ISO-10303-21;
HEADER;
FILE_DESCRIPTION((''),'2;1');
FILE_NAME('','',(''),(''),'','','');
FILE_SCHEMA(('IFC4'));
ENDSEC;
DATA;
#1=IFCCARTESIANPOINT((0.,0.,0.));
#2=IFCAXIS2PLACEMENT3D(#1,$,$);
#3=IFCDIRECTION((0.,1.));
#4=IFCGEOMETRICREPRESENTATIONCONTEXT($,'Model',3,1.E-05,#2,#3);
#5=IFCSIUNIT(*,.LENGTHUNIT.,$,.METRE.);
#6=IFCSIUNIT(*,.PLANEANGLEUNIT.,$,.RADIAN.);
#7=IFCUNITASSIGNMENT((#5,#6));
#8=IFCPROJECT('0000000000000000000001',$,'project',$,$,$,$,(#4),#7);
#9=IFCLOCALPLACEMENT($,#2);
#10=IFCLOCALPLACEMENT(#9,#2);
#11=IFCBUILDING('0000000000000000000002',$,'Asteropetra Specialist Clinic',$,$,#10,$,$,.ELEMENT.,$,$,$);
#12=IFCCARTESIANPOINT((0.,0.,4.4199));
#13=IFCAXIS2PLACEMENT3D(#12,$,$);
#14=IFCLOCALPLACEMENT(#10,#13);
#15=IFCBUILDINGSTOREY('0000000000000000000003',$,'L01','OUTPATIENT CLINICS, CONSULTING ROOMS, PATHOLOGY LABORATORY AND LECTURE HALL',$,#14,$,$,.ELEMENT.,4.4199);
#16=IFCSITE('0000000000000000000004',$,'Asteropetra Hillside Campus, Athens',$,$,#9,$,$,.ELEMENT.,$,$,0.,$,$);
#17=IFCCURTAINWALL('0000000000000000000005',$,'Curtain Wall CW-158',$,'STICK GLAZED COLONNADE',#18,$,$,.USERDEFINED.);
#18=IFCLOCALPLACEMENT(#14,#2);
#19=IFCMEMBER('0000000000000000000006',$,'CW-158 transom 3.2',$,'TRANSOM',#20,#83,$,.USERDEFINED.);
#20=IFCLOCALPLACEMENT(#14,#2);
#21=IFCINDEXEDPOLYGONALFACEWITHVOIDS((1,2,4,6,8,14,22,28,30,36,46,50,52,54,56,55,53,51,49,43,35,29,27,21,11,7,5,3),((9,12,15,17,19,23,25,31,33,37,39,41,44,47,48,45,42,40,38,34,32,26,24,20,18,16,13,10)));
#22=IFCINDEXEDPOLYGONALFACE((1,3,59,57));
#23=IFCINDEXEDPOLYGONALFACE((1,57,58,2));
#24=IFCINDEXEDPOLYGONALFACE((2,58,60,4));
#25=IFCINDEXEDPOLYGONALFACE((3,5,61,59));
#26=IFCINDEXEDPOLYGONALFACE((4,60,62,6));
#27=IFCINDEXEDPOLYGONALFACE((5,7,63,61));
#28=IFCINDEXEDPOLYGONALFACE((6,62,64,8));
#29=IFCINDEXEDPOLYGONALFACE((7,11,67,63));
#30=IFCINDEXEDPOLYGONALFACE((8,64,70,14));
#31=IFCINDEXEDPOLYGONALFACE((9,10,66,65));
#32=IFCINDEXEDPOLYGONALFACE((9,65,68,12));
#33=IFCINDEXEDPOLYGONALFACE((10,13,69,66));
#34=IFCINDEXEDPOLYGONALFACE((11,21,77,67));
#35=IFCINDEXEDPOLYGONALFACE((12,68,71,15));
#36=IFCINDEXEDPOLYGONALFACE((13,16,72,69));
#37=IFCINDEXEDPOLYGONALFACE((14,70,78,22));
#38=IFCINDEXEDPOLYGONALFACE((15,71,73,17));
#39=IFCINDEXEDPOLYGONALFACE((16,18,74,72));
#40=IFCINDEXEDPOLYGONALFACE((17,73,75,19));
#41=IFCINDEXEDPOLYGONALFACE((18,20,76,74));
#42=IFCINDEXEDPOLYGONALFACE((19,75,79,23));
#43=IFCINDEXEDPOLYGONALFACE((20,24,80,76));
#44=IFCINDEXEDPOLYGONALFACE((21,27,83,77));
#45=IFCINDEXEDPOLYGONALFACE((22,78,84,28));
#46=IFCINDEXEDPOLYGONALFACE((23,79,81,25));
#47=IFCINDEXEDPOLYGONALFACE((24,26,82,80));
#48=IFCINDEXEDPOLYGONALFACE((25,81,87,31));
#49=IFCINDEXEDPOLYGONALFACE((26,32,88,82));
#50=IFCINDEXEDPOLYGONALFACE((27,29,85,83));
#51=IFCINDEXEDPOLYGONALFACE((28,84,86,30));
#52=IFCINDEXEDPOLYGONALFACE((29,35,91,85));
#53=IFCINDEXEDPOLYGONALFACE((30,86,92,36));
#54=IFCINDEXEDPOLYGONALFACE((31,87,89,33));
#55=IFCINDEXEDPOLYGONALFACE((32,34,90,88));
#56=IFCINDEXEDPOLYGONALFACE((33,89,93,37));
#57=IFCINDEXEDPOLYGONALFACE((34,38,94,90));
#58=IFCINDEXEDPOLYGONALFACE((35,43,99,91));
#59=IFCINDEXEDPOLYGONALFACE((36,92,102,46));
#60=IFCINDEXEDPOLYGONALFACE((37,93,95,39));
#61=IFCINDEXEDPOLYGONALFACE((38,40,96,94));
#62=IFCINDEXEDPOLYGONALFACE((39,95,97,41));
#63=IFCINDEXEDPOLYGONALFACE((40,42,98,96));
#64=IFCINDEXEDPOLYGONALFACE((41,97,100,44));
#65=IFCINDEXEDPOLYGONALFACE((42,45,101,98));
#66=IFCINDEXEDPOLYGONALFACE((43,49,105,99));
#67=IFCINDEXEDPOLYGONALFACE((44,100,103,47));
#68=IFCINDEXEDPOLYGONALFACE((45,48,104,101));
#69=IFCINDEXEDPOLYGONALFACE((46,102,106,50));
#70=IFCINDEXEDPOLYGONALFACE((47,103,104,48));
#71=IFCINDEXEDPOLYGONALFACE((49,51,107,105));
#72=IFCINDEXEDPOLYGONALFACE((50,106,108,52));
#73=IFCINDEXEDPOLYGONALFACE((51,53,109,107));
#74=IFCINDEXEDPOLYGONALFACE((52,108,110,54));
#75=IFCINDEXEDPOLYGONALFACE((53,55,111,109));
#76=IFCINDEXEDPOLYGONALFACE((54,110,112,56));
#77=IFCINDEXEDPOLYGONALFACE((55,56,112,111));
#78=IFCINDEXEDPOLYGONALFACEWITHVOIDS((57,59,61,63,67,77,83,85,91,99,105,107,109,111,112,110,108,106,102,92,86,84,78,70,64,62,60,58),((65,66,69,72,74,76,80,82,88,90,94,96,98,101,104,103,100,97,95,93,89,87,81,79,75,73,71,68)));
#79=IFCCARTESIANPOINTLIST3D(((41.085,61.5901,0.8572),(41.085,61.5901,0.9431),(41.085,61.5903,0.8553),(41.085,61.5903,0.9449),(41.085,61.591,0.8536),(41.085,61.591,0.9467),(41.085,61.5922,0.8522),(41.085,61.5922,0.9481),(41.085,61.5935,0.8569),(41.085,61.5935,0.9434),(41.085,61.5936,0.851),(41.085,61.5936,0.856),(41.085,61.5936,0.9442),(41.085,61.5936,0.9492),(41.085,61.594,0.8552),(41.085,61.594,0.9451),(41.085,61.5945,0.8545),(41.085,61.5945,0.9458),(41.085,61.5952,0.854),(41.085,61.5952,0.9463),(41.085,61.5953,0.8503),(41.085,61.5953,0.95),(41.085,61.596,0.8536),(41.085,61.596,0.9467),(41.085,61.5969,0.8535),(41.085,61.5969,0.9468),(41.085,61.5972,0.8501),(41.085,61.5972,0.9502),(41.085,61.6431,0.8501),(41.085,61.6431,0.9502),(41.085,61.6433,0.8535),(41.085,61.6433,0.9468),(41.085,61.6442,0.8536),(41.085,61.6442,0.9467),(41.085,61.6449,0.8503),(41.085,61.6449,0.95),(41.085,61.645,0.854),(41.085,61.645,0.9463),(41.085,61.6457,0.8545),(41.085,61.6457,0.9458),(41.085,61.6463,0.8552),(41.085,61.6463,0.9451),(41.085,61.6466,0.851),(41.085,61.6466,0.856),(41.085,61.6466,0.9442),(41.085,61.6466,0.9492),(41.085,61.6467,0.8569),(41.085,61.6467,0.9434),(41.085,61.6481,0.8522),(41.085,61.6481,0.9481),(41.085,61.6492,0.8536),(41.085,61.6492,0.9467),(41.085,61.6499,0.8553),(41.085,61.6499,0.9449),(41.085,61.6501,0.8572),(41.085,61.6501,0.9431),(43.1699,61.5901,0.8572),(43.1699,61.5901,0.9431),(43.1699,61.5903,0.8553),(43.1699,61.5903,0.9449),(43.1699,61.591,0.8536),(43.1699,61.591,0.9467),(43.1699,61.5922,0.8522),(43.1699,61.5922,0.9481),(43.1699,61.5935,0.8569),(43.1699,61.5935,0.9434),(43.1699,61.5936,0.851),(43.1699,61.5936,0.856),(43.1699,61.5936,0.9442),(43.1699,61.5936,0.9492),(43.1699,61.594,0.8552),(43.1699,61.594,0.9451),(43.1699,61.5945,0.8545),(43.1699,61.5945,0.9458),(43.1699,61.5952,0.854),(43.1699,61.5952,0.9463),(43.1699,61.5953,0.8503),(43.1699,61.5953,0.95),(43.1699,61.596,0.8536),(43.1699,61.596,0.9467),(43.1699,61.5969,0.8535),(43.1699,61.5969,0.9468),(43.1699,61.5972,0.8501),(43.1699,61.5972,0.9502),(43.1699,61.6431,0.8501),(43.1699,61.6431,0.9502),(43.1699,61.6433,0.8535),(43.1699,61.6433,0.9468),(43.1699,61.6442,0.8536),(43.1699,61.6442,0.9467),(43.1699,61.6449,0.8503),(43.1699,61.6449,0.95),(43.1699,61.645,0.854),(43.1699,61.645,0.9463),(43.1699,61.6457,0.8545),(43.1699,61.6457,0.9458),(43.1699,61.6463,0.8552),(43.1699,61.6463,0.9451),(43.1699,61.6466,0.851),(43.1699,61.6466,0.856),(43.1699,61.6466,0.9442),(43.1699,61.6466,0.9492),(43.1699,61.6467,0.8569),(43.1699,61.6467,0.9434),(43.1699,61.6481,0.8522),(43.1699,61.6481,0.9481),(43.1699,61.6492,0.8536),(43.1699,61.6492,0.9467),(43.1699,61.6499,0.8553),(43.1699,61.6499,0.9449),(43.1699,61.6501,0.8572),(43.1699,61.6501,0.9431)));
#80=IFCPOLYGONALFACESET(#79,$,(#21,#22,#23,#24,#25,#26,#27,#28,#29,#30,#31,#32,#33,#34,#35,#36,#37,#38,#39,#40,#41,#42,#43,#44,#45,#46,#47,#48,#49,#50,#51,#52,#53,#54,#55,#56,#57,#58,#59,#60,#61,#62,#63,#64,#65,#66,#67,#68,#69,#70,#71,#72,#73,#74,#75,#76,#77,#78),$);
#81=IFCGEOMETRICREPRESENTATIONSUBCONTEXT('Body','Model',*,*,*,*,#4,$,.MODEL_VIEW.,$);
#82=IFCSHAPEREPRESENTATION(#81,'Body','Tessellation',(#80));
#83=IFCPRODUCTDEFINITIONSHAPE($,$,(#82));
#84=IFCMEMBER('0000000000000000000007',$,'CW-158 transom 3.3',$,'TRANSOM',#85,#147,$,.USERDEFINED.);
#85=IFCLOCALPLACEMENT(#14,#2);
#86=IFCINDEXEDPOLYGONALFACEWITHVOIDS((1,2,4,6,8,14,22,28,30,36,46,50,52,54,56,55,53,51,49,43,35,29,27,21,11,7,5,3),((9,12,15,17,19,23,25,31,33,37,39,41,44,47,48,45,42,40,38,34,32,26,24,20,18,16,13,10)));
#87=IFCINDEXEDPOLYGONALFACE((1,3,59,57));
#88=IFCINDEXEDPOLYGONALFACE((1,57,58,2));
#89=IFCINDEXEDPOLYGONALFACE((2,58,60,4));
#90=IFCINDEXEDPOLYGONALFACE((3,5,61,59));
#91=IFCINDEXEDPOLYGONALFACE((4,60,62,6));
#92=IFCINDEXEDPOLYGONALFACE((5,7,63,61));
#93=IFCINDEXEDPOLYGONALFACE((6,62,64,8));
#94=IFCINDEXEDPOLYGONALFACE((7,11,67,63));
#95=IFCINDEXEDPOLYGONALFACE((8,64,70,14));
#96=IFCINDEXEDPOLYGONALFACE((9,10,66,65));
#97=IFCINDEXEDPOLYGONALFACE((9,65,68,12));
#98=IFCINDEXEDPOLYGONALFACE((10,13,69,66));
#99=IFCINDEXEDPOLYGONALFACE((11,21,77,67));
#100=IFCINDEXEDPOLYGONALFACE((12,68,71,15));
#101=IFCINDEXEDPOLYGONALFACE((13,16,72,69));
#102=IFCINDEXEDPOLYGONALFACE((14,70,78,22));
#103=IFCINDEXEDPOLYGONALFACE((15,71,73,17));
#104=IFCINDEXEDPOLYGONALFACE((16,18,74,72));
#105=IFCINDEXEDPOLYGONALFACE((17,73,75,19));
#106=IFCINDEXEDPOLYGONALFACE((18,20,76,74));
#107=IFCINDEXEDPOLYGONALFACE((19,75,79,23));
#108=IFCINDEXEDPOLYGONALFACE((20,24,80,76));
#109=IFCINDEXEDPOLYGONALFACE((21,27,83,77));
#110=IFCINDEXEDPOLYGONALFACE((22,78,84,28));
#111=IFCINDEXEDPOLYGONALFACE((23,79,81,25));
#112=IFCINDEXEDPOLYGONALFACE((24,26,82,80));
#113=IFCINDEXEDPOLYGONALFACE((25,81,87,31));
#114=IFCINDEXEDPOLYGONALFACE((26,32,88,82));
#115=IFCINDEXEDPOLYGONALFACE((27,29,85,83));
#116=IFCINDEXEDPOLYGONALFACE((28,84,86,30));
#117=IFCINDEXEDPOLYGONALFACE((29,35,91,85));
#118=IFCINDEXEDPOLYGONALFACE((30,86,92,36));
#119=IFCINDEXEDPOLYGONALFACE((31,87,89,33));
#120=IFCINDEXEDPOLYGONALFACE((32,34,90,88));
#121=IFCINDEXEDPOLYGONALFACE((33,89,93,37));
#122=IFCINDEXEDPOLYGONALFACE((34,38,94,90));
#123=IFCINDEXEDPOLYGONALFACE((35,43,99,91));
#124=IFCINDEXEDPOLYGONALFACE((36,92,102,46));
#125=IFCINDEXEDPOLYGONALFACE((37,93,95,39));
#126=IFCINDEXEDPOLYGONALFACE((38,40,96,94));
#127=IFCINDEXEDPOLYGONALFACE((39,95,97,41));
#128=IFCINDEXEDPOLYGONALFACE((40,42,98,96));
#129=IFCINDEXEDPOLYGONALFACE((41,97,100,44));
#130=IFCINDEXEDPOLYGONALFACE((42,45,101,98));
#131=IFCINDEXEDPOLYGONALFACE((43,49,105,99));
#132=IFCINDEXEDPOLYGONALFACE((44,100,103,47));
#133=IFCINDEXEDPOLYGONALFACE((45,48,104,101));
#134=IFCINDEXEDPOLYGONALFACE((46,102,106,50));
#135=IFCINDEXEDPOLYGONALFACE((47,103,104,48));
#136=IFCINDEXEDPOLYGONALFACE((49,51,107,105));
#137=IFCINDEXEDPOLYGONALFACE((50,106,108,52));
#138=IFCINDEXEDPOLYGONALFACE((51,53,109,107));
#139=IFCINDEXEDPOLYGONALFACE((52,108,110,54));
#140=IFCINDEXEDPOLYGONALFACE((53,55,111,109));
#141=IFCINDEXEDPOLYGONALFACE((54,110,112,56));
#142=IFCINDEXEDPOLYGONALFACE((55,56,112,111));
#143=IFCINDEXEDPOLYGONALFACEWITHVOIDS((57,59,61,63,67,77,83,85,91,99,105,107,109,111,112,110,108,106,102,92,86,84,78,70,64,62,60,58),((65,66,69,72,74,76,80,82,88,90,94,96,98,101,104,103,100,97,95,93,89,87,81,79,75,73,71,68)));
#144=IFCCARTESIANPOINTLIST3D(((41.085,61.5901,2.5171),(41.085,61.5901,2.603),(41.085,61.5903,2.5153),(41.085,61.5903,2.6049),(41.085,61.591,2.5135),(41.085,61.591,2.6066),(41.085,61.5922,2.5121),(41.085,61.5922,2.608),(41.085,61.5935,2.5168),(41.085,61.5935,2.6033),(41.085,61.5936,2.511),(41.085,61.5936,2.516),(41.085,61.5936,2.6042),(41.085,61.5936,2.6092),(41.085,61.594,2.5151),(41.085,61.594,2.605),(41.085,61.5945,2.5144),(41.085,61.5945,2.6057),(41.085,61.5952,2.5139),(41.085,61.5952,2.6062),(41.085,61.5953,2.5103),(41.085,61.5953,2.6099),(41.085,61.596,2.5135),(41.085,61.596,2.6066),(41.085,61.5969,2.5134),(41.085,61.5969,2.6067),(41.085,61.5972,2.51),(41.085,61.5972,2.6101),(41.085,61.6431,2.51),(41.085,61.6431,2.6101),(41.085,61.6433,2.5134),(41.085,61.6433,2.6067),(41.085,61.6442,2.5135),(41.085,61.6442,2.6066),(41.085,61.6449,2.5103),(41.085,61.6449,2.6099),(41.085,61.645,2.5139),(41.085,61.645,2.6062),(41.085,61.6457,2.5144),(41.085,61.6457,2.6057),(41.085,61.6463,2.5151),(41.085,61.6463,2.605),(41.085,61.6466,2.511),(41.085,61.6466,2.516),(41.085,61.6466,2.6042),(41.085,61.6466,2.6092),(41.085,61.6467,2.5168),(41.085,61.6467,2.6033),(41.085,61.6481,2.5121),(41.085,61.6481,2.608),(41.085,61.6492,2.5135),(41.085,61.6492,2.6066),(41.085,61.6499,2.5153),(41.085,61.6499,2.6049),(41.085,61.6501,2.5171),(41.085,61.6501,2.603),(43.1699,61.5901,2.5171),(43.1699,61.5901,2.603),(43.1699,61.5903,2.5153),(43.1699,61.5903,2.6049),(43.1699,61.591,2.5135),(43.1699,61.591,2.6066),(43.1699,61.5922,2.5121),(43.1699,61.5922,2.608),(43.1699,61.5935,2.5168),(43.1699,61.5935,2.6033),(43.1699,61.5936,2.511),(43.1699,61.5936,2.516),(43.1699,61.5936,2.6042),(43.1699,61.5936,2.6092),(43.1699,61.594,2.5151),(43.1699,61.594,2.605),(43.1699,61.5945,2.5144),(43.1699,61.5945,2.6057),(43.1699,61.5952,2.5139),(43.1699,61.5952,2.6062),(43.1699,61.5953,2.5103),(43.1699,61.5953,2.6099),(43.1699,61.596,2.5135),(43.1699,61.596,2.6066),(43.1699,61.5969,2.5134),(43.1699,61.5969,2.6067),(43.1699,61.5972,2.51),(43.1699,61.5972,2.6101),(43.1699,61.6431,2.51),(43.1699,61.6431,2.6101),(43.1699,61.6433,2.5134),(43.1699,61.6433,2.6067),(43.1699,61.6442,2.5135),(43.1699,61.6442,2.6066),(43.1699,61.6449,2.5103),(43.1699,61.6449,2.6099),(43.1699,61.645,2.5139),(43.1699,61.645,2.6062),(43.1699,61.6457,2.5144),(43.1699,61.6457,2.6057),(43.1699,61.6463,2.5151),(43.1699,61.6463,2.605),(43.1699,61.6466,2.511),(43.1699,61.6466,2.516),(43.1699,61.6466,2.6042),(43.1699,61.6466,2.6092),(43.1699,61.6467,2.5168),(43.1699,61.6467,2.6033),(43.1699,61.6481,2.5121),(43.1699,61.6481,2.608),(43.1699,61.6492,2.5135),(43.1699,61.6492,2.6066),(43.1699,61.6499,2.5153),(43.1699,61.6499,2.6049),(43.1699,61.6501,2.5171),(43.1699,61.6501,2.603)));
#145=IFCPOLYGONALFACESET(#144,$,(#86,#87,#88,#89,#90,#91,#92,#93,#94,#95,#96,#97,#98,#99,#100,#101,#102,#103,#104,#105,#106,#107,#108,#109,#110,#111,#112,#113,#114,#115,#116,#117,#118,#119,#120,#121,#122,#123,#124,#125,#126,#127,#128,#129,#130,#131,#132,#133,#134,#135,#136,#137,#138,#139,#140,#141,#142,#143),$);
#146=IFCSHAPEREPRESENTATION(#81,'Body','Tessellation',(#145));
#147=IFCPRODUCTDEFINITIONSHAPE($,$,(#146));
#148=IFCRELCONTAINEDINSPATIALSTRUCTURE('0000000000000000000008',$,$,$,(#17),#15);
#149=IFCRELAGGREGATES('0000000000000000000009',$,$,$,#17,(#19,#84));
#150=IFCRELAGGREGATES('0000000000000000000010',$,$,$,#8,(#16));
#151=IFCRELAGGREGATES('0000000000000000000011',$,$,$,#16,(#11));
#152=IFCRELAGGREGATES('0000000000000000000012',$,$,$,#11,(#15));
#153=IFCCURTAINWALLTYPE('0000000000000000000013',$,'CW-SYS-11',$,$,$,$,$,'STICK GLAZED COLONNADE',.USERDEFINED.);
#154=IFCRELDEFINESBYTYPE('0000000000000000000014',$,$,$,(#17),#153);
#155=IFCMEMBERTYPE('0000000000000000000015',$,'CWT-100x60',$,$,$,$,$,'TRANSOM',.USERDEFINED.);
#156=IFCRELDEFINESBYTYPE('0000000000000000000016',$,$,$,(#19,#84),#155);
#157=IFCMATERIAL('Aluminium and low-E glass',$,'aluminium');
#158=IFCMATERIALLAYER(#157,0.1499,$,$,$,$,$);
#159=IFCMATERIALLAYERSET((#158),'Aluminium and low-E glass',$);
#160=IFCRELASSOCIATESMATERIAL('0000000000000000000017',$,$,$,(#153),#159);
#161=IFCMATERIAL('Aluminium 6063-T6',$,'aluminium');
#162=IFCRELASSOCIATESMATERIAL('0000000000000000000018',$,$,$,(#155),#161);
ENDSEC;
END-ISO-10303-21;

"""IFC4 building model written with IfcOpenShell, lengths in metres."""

from ifc_helpers import new_model, si_unit, direction, frame, origin, origin_2d, place, context, subcontext, project, spatial, hollow_rectangle, extrude, material, layer, layer_set, material_profile, profile_set, type_object, element, aggregate, save


model = new_model("IFC4")

# Units and contexts
model_context = context("Model", 3, precision=1e-05, world=origin(), true_north=direction((0.0, 1.0)))
body_context = subcontext(model_context, "Body", "Model", "MODEL_VIEW")
ifc_project = project(units=[si_unit("LENGTHUNIT", "METRE"), si_unit("PLANEANGLEUNIT", "RADIAN")], contexts=[model_context])

# Site, building, storey
site_placement = place(None, origin())
site = spatial("IfcSite", under=ifc_project, at=site_placement, Name="Asteropetra Hillside Campus, Athens", CompositionType="ELEMENT", RefElevation=0.0)
building_placement = place(site_placement, origin())
building = spatial("IfcBuilding", under=site, at=building_placement, Name="Asteropetra Specialist Clinic", CompositionType="ELEMENT")
storey_placement = place(building_placement, frame((0.0, 0.0, 4.4199)))
storey = spatial("IfcBuildingStorey", under=building, at=storey_placement, Name="L01", Description="OUTPATIENT CLINICS, CONSULTING ROOMS, PATHOLOGY LABORATORY AND LECTURE HALL", CompositionType="ELEMENT", Elevation=4.4199)

# Curtain wall, members
ifc_material_1 = material(Name="Aluminium and low-E glass", Category="aluminium")
ifc_layer_1 = layer(ifc_material_1, 0.1499)
ifc_layer_set_1 = layer_set([ifc_layer_1], Name="Aluminium and low-E glass")
curtain_wall_type = type_object("IfcCurtainWallType", Name="CW-SYS-11", ElementType="STICK GLAZED COLONNADE", PredefinedType="USERDEFINED", material=ifc_layer_set_1)
curtain_wall_placement = place(storey_placement, origin())
curtain_wall = element("IfcCurtainWall", 1, at=curtain_wall_placement, inside=storey, type_object=curtain_wall_type, Name="Curtain Wall CW-158", ObjectType="STICK GLAZED COLONNADE", PredefinedType="USERDEFINED")
ifc_material_2 = material(Name="Aluminium 6063-T6", Category="aluminium")
ifc_material_profile_1 = material_profile(ifc_material_2, hollow_rectangle(XDim=0.0601, YDim=0.1001, WallThickness=0.0034, InnerFilletRadius=0.0034, OuterFilletRadius=0.0071, at=origin_2d()), Name="TRN 100x60x3.5")
ifc_profile_set_1 = profile_set([ifc_material_profile_1], Name="Aluminium 6063-T6")
member_type_1 = type_object("IfcMemberType", Name="CWT-100x60", ElementType="TRANSOM", PredefinedType="USERDEFINED", material=ifc_profile_set_1)
member_1_placement = place(storey_placement, frame((43.1699, 61.6201, 0.9001), z_axis=(-1.0, 0.0, 0.0), x_axis=(0.0, -1.0, 0.0)))
member_1 = element("IfcMember", 2, at=member_1_placement, type_object=member_type_1, Name="CW-158 transom 3.2", ObjectType="TRANSOM", PredefinedType="USERDEFINED", context=body_context, shape_type="SweptSolid", body=[
    extrude(hollow_rectangle(XDim=0.0601, YDim=0.1001, WallThickness=0.0034, InnerFilletRadius=0.0034, OuterFilletRadius=0.0071, at=origin_2d()), origin(), (0.0, 0.0, 1.0), 2.085),
])
member_2_placement = place(storey_placement, frame((43.1699, 61.6201, 2.5601), z_axis=(-1.0, 0.0, 0.0), x_axis=(0.0, -1.0, 0.0)))
member_2 = element("IfcMember", 3, at=member_2_placement, type_object=member_type_1, Name="CW-158 transom 3.3", ObjectType="TRANSOM", PredefinedType="USERDEFINED", context=body_context, shape_type="SweptSolid", body=[
    extrude(hollow_rectangle(XDim=0.0601, YDim=0.1001, WallThickness=0.0034, InnerFilletRadius=0.0034, OuterFilletRadius=0.0071, at=origin_2d()), origin(), (0.0, 0.0, 1.0), 2.085),
])

aggregate(curtain_wall, [member_1, member_2])

save(model, "model.ifc")
